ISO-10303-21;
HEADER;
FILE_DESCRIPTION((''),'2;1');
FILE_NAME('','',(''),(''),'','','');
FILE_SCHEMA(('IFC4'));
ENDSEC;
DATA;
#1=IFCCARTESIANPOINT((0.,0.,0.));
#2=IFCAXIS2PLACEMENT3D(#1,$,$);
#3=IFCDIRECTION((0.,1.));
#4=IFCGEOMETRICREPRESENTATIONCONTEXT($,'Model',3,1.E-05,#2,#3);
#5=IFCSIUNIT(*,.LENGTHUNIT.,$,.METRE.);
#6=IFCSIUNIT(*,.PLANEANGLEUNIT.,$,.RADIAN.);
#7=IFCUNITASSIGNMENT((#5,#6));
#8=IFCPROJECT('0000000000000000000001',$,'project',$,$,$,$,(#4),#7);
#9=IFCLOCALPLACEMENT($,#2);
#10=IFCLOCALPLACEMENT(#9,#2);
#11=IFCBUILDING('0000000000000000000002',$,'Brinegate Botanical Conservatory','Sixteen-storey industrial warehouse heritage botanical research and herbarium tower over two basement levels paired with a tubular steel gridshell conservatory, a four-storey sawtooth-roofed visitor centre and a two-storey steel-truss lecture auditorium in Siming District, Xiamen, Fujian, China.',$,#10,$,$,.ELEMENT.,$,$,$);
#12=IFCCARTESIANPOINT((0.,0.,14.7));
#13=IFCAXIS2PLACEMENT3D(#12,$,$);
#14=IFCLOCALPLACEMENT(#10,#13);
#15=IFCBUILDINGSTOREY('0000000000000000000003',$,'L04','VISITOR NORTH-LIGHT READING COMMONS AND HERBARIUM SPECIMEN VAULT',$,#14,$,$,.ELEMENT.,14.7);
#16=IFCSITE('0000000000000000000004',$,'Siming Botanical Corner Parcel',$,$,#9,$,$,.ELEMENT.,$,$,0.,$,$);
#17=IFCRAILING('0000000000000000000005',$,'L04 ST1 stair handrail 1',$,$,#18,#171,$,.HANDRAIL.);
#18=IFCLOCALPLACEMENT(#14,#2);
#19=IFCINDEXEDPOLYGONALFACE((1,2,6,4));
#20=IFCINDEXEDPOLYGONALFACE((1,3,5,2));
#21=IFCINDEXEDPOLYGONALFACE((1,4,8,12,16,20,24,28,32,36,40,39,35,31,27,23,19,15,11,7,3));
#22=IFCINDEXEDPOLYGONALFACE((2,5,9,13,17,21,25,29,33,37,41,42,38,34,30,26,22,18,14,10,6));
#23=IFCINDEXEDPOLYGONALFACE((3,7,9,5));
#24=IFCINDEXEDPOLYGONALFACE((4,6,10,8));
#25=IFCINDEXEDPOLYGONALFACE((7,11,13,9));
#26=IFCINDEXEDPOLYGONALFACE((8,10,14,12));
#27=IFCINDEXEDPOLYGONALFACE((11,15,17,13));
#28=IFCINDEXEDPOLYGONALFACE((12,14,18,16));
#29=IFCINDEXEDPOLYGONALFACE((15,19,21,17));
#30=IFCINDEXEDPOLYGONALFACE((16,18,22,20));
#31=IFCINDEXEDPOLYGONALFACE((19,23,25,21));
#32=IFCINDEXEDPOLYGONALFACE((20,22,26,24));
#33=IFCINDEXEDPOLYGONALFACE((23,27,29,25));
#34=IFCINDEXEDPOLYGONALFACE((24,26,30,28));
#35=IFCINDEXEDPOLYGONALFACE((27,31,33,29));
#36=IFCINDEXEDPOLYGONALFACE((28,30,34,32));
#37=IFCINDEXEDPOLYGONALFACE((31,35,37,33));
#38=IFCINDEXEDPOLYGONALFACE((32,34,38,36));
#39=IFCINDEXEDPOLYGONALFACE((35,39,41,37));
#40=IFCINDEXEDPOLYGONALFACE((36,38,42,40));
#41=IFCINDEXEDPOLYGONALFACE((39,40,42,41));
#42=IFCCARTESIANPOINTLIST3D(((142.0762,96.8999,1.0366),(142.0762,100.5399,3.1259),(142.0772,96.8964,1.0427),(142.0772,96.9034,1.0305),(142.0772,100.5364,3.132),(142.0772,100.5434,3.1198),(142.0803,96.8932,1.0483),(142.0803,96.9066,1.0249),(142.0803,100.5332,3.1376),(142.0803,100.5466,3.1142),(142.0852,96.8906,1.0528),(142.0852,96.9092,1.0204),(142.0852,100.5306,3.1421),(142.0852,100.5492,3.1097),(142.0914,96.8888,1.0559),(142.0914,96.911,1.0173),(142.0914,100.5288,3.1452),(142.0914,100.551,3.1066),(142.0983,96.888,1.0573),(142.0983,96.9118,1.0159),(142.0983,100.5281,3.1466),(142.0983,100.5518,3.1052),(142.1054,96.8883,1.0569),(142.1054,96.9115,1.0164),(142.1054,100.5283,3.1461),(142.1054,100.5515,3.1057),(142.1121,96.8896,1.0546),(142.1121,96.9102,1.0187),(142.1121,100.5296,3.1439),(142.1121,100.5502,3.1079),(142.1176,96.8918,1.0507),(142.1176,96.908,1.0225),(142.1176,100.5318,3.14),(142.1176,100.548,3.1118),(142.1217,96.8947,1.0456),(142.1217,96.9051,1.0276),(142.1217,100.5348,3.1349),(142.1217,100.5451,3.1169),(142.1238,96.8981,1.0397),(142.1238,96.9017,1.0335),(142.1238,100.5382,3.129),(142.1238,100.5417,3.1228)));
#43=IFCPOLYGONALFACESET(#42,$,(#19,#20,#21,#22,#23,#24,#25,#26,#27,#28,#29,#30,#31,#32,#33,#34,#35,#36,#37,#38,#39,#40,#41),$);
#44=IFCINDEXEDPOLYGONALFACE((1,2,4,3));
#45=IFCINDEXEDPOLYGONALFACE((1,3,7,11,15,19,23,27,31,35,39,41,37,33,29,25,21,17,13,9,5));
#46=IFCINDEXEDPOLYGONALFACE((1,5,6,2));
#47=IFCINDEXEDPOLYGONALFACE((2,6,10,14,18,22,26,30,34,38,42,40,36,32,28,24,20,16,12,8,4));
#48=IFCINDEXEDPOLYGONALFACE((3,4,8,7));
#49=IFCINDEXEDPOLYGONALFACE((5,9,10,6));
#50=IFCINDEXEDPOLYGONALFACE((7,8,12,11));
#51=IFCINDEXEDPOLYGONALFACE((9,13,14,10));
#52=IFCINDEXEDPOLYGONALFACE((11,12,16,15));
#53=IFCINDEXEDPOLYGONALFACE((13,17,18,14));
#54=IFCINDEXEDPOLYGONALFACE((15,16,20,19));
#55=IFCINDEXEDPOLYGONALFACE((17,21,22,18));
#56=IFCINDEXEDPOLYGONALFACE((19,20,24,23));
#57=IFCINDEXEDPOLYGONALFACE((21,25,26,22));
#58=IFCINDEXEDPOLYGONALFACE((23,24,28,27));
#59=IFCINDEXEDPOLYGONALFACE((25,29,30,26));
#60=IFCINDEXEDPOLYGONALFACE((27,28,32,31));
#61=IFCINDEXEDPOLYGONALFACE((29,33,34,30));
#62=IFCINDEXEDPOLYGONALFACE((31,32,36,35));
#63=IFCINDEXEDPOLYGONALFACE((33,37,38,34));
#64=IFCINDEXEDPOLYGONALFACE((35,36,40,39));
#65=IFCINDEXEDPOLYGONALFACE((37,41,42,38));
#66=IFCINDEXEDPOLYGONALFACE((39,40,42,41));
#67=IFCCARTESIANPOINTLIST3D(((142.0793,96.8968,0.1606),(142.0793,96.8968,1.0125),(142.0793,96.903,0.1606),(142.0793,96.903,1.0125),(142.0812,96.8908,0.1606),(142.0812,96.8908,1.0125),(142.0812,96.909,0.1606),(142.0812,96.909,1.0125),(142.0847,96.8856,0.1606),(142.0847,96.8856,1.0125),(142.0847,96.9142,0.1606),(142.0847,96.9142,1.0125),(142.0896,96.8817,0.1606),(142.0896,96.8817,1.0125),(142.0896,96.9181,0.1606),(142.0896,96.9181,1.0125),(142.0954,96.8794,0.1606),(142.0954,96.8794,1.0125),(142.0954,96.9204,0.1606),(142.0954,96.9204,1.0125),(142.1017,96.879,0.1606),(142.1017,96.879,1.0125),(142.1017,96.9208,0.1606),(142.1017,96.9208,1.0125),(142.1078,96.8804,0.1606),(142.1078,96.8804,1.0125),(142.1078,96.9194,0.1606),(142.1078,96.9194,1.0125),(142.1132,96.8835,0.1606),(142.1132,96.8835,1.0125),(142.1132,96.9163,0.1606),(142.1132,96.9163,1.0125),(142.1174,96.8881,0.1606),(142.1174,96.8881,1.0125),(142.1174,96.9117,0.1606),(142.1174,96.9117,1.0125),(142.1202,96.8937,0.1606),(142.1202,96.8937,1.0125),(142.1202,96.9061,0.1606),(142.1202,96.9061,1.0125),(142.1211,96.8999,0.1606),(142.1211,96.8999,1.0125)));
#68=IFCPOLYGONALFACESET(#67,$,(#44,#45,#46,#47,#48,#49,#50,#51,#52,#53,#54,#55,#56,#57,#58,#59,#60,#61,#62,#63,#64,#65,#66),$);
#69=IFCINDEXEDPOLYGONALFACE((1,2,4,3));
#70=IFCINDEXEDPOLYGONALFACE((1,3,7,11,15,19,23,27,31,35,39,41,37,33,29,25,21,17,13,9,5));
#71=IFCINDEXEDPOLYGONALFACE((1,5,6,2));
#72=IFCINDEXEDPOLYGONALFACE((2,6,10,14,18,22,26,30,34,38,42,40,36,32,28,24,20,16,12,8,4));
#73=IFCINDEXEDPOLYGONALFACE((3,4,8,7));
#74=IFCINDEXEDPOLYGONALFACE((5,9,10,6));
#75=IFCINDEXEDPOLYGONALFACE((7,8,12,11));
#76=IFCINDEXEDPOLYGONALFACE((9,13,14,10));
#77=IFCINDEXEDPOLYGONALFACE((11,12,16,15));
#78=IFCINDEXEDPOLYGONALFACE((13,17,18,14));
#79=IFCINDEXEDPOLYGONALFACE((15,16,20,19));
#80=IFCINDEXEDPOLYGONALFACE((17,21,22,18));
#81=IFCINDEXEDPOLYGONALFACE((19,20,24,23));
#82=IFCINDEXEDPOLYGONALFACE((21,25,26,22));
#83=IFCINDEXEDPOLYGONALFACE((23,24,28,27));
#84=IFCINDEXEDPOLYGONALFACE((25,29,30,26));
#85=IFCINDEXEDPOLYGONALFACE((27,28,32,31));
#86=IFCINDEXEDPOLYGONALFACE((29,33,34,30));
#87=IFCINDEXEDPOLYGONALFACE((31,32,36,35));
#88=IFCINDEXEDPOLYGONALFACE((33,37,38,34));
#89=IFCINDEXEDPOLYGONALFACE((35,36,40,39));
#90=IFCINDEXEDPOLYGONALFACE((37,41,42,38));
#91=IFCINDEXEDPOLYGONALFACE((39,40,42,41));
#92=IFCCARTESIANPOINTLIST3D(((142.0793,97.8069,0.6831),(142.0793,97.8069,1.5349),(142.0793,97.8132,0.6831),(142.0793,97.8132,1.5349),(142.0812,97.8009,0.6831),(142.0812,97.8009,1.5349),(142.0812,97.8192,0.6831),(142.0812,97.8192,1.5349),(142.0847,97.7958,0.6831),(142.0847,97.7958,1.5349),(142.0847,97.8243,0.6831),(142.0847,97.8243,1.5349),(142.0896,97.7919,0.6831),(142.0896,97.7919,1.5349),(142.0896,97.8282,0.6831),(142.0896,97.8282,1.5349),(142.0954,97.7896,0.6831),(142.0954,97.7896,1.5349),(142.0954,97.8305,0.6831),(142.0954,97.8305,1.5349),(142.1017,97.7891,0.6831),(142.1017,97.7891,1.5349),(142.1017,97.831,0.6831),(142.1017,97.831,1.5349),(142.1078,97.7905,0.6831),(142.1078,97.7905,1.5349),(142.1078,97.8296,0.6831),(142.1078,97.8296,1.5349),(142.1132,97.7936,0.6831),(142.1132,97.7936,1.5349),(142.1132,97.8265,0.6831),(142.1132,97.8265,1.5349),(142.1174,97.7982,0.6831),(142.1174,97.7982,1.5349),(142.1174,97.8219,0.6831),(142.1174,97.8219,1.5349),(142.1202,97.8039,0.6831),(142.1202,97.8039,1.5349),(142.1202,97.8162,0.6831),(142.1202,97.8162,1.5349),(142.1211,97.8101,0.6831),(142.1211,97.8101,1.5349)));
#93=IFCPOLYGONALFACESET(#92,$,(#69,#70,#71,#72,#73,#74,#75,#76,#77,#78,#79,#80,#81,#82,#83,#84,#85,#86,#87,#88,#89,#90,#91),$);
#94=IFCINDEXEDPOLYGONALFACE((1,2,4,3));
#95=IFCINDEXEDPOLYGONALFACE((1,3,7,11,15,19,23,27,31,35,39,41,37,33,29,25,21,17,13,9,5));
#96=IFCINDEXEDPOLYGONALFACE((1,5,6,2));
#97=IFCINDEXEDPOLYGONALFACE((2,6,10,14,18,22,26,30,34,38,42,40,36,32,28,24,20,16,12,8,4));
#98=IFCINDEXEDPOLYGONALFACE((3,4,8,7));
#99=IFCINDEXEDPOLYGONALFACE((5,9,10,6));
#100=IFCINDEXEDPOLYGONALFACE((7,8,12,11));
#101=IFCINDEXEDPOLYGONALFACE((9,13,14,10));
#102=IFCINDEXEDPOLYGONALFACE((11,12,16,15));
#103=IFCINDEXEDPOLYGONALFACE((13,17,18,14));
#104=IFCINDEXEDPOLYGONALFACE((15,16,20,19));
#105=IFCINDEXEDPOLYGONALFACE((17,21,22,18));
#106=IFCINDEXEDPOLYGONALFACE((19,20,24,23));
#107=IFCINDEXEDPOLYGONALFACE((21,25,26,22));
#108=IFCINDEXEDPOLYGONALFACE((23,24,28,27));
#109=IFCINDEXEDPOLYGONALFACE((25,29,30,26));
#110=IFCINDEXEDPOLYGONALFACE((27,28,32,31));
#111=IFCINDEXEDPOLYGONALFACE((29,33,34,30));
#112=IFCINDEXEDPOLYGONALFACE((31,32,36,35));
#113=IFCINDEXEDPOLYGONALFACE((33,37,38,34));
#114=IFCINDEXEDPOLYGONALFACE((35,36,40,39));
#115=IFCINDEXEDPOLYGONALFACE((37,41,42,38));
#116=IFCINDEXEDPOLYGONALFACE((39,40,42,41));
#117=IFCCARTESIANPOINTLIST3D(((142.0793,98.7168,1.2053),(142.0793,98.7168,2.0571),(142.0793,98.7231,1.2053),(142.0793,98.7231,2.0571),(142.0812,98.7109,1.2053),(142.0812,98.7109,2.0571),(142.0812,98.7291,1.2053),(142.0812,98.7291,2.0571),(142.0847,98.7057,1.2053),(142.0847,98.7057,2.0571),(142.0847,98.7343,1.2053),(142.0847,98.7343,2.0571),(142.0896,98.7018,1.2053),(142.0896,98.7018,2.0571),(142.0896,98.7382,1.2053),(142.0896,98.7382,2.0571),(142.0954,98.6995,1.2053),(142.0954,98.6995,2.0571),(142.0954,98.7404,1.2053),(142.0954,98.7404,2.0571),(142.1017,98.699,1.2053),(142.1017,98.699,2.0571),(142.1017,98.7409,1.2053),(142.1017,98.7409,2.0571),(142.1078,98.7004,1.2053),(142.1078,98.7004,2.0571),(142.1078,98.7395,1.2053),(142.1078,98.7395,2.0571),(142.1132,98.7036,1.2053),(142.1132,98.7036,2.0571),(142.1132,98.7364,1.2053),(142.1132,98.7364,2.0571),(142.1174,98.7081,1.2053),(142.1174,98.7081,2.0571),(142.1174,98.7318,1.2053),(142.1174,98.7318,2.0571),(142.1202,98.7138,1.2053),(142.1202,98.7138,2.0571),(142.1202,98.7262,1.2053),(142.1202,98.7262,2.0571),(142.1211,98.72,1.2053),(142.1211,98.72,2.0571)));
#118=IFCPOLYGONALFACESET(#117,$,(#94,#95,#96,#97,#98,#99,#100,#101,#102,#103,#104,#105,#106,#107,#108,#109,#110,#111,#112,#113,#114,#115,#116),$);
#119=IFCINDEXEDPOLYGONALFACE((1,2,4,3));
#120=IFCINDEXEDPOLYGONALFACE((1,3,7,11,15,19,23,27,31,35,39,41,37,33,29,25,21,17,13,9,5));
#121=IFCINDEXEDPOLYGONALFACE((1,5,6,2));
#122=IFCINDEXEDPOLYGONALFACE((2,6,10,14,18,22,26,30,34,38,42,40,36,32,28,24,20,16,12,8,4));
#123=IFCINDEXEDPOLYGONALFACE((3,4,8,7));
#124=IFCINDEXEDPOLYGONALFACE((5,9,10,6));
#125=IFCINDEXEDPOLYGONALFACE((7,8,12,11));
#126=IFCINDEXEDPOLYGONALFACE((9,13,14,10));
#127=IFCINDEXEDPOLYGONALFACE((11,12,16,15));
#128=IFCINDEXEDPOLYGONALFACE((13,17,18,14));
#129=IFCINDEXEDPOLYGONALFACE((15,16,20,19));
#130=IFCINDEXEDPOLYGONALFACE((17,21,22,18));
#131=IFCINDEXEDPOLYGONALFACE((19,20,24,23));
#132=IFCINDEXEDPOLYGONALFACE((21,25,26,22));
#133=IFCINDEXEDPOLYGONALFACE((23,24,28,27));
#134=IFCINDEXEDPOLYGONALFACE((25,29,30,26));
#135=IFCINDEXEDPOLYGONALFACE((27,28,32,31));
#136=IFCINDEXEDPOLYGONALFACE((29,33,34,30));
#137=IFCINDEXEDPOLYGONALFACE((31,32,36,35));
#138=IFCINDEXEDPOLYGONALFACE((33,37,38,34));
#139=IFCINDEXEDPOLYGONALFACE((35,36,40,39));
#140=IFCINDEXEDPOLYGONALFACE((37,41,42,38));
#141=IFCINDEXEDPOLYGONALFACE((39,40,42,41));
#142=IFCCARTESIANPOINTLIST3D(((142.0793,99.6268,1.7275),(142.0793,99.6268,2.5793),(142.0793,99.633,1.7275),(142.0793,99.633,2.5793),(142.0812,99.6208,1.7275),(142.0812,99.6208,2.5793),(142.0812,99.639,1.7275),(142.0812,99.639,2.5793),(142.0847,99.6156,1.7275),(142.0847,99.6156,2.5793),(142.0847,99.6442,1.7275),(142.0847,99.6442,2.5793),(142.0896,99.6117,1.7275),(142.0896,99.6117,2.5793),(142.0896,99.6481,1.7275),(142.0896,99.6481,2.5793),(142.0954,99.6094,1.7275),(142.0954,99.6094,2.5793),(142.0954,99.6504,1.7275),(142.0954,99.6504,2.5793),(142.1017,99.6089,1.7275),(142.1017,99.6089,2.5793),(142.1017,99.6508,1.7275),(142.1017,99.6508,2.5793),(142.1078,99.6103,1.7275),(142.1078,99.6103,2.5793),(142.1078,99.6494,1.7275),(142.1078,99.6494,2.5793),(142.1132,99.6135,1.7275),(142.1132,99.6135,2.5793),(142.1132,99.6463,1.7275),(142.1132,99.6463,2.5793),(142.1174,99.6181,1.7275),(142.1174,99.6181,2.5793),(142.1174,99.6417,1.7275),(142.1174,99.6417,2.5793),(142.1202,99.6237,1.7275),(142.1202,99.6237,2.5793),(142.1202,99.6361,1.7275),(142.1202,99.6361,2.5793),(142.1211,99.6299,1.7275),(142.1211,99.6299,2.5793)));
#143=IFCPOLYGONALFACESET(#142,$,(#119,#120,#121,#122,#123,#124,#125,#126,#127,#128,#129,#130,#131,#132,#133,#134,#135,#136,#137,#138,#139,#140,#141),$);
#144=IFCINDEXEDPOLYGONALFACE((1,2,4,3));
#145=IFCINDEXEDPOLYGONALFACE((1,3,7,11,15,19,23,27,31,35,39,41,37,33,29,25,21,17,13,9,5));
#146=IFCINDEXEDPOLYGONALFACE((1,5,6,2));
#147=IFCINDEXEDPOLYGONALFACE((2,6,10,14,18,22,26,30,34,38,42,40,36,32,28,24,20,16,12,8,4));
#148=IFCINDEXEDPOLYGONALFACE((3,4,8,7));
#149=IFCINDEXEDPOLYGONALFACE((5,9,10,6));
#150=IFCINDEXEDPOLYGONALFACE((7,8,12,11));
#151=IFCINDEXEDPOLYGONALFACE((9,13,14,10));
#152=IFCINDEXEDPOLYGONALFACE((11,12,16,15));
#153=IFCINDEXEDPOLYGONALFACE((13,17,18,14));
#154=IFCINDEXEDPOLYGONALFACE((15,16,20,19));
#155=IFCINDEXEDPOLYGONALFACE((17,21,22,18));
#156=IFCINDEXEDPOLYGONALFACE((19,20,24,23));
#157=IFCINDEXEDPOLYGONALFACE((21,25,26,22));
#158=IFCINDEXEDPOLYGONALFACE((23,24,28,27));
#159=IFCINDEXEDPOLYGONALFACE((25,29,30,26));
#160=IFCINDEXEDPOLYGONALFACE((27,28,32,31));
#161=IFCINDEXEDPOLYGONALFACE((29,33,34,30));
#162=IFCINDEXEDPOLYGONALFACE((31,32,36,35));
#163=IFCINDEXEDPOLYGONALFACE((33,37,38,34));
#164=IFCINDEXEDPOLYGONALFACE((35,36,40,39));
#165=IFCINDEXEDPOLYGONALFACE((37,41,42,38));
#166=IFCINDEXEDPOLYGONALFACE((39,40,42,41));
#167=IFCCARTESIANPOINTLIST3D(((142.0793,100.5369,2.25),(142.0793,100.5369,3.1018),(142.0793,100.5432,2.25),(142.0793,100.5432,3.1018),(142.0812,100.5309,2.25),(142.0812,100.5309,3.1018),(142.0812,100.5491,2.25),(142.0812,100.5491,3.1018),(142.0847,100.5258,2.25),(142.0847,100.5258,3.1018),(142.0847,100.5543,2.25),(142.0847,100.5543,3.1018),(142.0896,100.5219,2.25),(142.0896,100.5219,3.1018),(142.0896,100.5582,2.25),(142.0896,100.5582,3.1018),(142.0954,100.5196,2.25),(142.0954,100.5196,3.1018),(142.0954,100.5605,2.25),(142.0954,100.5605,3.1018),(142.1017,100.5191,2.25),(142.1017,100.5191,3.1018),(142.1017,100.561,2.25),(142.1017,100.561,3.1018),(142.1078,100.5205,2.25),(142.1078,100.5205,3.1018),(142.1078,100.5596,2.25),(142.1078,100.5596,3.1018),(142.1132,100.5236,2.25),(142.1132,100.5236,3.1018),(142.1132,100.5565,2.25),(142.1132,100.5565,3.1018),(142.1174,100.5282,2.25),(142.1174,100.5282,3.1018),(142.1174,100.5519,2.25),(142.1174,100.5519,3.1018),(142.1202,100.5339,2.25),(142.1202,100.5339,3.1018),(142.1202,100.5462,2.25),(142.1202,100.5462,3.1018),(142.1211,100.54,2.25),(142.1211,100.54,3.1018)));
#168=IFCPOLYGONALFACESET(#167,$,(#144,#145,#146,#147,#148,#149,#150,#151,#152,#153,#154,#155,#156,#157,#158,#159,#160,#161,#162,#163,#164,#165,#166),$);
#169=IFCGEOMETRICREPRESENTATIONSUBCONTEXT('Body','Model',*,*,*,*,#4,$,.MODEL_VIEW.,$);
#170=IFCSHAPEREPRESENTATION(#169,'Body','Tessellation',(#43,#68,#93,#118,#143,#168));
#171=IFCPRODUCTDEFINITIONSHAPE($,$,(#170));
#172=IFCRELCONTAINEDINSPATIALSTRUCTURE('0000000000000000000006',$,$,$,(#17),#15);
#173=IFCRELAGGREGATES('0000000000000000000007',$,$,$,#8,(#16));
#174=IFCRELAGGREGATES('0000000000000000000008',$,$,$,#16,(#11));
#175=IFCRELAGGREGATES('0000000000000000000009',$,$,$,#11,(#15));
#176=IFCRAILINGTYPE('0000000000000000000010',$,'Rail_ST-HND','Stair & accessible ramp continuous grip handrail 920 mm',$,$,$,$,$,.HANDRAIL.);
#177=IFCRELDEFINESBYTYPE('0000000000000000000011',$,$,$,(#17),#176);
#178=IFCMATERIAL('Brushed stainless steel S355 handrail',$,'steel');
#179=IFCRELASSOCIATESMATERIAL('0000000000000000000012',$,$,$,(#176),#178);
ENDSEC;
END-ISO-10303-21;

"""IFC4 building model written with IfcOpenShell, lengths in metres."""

from ifc_helpers import new_model, si_unit, direction, frame, origin, origin_2d, place, context, subcontext, project, spatial, circle, extrude, material, type_object, element, save


model = new_model("IFC4")

# Units and contexts
model_context = context("Model", 3, precision=1e-05, world=origin(), true_north=direction((0.0, 1.0)))
body_context = subcontext(model_context, "Body", "Model", "MODEL_VIEW")
ifc_project = project(units=[si_unit("LENGTHUNIT", "METRE"), si_unit("PLANEANGLEUNIT", "RADIAN")], contexts=[model_context])

# Site, building, storey
site_placement = place(None, origin())
site = spatial("IfcSite", under=ifc_project, at=site_placement, Name="Siming Botanical Corner Parcel", CompositionType="ELEMENT", RefElevation=0.0)
building_placement = place(site_placement, origin())
building = spatial("IfcBuilding", under=site, at=building_placement, Name="Brinegate Botanical Conservatory", Description="Sixteen-storey industrial warehouse heritage botanical research and herbarium tower over two basement levels paired with a tubular steel gridshell conservatory, a four-storey sawtooth-roofed visitor centre and a two-storey steel-truss lecture auditorium in Siming District, Xiamen, Fujian, China.", CompositionType="ELEMENT")
storey_placement = place(building_placement, frame((0.0, 0.0, 14.7)))
storey = spatial("IfcBuildingStorey", under=building, at=storey_placement, Name="L04", Description="VISITOR NORTH-LIGHT READING COMMONS AND HERBARIUM SPECIMEN VAULT", CompositionType="ELEMENT", Elevation=14.7)

# Railing
ifc_material_1 = material(Name="Brushed stainless steel S355 handrail", Category="steel")
railing_type_1 = type_object("IfcRailingType", Name="Rail_ST-HND", Description="Stair & accessible ramp continuous grip handrail 920 mm", PredefinedType="HANDRAIL", material=ifc_material_1)
railing_1_placement = place(storey_placement, frame((142.1001, 96.8999, 0.1606)))
element("IfcRailing", 1, at=railing_1_placement, inside=storey, type_object=railing_type_1, Name="L04 ST1 stair handrail 1", PredefinedType="HANDRAIL", context=body_context, shape_type="SweptSolid", body=[
    extrude(circle(Radius=0.0239, at=origin_2d()), frame((0.0, 0.0, 0.876), z_axis=(0.0, 0.867289, 0.497804), x_axis=(-1.0, 0.0, 0.0)), (0.0, 0.0, 1.0), 4.197),
    extrude(circle(Radius=0.021, at=origin_2d()), origin(), (0.0, 0.0, 1.0), 0.8518),
    extrude(circle(Radius=0.021, at=origin_2d()), frame((0.0, 0.9102, 0.5225)), (0.0, 0.0, 1.0), 0.8518),
    extrude(circle(Radius=0.021, at=origin_2d()), frame((0.0, 1.8201, 1.0447)), (0.0, 0.0, 1.0), 0.8518),
    extrude(circle(Radius=0.021, at=origin_2d()), frame((0.0, 2.73, 1.5669)), (0.0, 0.0, 1.0), 0.8518),
    extrude(circle(Radius=0.021, at=origin_2d()), frame((0.0, 3.6401, 2.0894)), (0.0, 0.0, 1.0), 0.8518),
])

save(model, "model.ifc")
